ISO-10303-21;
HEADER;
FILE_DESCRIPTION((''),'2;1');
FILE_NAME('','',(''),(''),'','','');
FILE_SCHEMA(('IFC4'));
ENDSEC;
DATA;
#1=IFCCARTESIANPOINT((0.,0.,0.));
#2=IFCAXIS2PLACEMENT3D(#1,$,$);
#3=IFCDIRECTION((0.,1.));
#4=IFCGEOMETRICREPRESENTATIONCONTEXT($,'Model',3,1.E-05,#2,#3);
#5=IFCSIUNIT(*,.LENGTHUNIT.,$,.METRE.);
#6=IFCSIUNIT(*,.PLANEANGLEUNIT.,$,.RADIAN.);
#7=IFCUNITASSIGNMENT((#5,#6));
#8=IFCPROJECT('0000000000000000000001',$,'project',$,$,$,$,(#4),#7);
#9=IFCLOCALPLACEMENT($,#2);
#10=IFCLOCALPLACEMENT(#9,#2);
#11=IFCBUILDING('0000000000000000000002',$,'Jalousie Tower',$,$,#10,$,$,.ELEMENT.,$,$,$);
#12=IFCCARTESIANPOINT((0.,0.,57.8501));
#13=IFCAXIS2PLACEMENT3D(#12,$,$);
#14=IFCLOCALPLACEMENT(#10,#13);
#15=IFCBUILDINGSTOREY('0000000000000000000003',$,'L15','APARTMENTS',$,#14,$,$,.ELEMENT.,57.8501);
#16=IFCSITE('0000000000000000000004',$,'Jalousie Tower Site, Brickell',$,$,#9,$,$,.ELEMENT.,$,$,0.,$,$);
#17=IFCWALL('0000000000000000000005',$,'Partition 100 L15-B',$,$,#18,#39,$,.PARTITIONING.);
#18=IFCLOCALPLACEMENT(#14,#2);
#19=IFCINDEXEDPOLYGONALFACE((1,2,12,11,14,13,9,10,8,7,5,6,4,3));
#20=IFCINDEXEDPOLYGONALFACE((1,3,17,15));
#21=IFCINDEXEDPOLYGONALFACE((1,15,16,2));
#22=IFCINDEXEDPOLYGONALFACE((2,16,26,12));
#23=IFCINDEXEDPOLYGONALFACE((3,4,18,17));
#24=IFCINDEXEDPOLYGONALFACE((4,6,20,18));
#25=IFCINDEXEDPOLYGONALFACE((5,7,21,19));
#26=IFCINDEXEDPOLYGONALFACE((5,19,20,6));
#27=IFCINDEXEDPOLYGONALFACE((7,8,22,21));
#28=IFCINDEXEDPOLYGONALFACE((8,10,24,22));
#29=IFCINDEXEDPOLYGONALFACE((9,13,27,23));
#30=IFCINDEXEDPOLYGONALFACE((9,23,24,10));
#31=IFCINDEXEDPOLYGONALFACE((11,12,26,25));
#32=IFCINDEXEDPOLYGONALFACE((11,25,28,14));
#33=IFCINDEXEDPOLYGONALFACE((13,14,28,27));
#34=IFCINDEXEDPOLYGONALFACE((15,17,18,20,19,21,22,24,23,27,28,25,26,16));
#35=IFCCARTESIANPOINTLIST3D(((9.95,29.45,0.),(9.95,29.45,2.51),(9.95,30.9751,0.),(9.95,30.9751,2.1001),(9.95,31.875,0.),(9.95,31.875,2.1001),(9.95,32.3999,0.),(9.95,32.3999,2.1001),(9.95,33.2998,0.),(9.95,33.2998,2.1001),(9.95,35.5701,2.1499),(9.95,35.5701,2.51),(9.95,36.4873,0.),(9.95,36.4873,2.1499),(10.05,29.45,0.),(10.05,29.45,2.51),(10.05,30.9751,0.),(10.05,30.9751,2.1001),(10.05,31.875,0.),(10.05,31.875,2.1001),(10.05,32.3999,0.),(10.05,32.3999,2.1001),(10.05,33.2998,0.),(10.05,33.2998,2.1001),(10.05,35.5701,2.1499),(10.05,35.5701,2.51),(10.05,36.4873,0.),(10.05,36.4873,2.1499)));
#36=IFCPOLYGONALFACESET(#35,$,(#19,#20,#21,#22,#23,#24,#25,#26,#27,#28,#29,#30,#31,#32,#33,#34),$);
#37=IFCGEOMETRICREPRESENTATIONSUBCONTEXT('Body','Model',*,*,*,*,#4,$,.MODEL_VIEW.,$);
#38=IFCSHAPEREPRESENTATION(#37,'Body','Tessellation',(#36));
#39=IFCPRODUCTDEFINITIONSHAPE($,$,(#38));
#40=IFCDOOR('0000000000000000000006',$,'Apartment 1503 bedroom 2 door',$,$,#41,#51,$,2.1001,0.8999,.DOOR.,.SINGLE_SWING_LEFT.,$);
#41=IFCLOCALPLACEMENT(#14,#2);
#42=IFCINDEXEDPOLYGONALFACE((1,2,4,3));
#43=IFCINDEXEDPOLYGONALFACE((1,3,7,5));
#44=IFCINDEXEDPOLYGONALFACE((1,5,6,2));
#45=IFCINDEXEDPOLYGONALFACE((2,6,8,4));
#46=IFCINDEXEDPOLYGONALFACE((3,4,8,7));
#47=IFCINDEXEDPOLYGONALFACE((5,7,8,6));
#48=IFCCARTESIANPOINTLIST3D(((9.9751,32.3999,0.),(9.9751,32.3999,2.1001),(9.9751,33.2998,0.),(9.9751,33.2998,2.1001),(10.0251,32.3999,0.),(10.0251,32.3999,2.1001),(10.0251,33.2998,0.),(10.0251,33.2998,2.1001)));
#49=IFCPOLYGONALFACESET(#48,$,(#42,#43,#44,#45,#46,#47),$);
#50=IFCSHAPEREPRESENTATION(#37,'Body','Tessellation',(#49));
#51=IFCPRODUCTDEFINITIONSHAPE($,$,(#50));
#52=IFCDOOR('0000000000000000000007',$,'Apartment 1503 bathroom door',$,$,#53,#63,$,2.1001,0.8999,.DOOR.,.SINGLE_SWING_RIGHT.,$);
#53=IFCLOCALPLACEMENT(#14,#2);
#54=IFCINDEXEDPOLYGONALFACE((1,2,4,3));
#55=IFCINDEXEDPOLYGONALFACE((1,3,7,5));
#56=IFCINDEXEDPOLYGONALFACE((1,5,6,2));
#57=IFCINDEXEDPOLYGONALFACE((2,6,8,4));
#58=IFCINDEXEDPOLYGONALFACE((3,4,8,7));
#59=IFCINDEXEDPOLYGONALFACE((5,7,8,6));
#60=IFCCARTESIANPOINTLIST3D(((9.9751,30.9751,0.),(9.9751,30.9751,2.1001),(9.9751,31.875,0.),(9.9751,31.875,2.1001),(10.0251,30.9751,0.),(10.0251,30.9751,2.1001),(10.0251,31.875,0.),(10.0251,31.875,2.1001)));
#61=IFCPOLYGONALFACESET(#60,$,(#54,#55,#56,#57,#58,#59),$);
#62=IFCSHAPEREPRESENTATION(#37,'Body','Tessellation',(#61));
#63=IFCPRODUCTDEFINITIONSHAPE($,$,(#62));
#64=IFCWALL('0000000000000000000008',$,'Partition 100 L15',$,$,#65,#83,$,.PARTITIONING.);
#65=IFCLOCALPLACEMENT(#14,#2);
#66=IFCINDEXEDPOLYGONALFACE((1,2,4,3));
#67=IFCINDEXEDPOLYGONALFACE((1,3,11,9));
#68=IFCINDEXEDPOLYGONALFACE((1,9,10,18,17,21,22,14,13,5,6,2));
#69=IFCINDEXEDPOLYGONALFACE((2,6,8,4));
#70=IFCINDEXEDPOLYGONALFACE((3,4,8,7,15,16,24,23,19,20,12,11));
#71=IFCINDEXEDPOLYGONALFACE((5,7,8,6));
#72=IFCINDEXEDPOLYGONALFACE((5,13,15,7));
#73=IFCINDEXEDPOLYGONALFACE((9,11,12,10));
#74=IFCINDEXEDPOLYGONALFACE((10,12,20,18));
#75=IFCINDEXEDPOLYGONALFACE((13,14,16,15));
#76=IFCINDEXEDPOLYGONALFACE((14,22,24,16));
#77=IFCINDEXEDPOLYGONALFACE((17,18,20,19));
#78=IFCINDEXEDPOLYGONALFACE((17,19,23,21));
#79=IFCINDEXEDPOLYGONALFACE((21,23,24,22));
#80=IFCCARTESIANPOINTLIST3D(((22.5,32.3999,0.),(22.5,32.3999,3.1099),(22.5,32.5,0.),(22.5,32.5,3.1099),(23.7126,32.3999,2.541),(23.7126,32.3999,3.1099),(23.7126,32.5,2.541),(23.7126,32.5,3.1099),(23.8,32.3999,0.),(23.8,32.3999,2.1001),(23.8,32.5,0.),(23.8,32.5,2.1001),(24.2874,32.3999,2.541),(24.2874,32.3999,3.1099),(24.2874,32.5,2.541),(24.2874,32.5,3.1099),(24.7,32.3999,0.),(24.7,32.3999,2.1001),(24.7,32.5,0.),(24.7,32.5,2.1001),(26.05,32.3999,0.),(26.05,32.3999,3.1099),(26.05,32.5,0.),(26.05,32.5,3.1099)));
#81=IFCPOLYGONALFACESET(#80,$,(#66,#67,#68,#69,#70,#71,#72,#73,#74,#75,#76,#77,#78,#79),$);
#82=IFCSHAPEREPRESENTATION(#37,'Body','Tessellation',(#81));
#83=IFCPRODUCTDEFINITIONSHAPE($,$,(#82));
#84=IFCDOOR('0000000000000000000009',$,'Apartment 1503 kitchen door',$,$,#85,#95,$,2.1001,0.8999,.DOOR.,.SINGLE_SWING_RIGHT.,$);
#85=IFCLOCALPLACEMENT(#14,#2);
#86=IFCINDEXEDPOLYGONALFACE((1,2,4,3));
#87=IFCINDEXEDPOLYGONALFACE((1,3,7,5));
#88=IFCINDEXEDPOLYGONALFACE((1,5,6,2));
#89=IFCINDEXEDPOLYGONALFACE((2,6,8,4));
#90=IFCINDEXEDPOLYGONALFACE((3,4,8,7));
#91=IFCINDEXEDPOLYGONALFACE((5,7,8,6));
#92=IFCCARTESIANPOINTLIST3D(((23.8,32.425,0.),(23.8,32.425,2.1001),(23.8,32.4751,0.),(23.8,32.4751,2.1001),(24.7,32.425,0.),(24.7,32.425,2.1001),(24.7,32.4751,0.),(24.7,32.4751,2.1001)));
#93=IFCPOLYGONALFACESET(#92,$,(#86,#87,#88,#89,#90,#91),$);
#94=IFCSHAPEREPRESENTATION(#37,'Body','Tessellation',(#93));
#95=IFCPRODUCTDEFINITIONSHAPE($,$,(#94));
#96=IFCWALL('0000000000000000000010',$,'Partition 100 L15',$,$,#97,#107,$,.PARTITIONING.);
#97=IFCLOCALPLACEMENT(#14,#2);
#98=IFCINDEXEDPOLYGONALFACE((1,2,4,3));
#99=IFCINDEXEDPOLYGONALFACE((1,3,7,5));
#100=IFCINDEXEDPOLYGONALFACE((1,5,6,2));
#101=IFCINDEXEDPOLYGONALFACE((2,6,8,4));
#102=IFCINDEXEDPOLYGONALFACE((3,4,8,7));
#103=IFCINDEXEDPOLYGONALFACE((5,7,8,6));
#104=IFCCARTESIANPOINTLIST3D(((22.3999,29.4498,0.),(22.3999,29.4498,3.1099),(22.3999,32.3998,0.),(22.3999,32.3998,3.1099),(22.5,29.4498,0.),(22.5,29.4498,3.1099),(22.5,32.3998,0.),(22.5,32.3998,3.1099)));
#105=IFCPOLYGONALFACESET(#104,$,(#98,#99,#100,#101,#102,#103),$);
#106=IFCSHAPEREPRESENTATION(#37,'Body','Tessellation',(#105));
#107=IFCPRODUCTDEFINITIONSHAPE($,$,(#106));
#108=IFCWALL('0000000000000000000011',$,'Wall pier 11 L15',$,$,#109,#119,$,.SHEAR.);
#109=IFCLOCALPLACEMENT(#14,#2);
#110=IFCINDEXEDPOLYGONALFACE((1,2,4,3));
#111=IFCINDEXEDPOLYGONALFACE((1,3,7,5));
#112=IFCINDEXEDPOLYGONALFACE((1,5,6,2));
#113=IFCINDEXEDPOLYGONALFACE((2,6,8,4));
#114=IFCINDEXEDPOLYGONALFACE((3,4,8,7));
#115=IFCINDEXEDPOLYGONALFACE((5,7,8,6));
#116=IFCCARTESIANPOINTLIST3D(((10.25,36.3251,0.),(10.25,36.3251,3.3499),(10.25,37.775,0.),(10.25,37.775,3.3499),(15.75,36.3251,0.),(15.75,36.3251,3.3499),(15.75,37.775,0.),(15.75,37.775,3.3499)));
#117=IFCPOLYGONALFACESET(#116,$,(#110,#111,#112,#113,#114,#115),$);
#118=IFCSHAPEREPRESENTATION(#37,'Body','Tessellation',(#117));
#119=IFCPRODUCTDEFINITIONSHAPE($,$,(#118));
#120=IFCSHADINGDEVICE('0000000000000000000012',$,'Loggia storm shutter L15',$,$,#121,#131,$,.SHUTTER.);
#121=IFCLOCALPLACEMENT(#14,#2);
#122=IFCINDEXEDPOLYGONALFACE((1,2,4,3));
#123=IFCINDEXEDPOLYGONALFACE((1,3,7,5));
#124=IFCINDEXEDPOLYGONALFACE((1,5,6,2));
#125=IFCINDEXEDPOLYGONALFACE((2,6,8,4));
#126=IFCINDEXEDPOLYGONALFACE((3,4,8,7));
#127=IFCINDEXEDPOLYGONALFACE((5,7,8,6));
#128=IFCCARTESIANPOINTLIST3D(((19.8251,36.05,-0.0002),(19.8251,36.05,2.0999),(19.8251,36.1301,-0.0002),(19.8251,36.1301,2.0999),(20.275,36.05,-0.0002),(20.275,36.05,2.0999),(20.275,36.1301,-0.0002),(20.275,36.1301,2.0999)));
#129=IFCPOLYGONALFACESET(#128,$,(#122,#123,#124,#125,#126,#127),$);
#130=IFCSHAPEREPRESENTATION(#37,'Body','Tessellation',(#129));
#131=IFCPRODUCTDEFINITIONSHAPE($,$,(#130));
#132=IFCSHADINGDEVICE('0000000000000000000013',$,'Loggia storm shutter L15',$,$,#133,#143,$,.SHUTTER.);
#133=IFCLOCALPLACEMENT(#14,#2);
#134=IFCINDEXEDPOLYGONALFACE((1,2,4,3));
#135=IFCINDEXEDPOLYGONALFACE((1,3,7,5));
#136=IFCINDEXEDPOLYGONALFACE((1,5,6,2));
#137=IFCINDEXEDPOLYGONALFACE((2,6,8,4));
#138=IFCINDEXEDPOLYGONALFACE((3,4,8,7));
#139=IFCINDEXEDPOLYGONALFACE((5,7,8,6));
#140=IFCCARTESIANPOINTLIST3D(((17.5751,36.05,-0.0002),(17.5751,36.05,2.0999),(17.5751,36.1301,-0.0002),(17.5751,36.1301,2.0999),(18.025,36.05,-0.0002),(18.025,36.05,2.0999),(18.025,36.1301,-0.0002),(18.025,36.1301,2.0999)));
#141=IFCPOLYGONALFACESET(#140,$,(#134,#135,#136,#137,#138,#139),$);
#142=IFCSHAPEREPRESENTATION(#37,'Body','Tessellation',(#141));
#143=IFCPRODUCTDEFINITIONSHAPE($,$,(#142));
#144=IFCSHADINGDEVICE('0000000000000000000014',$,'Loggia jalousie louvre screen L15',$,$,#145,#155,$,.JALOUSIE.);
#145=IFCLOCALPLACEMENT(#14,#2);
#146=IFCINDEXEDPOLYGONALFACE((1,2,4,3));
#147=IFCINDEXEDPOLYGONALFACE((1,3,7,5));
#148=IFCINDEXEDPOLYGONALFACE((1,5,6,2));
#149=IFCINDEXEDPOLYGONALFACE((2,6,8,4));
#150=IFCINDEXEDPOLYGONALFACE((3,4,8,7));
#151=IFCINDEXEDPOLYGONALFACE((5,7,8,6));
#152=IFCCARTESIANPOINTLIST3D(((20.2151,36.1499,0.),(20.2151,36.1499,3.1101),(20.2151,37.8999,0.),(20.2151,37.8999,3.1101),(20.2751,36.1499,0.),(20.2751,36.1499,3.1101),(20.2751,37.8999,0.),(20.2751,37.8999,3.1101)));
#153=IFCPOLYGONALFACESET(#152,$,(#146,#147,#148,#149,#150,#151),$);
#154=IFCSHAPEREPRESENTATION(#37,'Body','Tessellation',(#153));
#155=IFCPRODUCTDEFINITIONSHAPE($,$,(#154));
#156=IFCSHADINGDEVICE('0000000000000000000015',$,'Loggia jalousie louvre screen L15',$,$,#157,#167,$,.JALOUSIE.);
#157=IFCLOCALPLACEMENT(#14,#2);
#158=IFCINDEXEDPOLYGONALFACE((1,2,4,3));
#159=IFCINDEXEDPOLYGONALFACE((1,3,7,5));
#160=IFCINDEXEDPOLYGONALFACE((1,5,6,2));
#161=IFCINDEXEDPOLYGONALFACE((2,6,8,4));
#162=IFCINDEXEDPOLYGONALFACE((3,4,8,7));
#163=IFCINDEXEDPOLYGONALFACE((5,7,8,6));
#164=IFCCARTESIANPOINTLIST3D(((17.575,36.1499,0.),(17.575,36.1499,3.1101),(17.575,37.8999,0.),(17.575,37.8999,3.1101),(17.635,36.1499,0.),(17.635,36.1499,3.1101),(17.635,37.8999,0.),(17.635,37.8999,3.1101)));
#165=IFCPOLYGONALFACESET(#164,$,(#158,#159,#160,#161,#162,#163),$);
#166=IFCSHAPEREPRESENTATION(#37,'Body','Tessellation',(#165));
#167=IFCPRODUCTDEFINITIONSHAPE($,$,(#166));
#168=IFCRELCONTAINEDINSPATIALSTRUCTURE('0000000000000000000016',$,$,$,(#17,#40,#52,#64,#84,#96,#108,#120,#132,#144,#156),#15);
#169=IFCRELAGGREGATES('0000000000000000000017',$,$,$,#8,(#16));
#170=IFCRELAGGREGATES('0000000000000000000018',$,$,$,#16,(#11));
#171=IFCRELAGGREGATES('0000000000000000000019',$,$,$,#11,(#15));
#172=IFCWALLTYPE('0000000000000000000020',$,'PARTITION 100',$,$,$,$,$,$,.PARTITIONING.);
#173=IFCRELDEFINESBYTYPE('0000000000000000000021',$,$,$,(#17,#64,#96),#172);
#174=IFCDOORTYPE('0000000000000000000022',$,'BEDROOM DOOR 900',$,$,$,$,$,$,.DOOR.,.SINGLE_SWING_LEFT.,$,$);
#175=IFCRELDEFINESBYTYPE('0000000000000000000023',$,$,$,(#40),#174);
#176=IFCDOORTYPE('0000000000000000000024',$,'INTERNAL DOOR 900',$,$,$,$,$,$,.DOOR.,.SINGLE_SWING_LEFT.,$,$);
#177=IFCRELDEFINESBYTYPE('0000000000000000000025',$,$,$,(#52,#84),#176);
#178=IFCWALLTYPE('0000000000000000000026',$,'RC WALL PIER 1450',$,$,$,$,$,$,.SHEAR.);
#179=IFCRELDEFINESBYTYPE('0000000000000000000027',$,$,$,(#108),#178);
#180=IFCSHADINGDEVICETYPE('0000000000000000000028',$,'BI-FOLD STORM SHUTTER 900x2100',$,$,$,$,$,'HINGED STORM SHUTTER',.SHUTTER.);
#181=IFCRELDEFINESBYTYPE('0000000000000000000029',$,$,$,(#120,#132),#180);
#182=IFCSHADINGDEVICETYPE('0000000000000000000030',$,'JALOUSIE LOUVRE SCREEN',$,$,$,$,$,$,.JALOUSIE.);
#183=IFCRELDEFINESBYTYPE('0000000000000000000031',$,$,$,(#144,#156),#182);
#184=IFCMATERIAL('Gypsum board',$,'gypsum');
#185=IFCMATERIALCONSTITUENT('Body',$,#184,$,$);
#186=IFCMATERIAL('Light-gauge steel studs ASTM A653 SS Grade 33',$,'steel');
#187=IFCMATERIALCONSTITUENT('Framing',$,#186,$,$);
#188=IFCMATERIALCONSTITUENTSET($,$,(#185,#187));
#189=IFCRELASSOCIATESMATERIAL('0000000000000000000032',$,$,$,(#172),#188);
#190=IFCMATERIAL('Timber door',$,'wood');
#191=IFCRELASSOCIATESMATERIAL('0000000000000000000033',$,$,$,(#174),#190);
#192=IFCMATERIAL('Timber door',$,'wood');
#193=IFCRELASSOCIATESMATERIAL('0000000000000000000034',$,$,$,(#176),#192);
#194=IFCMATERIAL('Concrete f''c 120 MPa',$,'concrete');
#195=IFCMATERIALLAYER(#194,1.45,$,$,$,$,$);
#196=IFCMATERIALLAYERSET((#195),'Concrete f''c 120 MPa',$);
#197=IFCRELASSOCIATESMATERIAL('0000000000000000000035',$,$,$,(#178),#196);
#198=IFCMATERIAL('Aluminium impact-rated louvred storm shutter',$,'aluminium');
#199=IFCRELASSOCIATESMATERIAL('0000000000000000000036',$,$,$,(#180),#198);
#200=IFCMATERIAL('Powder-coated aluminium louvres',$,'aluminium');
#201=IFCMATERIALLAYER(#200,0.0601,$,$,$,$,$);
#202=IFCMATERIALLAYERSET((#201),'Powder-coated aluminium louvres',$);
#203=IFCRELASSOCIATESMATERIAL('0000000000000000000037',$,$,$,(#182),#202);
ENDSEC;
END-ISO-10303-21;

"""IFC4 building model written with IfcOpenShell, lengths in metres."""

from ifc_helpers import new_model, si_unit, direction, frame, frame_2d, origin, origin_2d, place, context, subcontext, project, spatial, polyline, rectangle, outline, extrude, material, layer, layer_set, constituent, constituent_set, type_object, element, fill, save


model = new_model("IFC4")

# Units and contexts
model_context = context("Model", 3, precision=1e-05, world=origin(), true_north=direction((0.0, 1.0)))
body_context = subcontext(model_context, "Body", "Model", "MODEL_VIEW")
ifc_project = project(units=[si_unit("LENGTHUNIT", "METRE"), si_unit("PLANEANGLEUNIT", "RADIAN")], contexts=[model_context])

# Site, building, storey
site_placement = place(None, origin())
site = spatial("IfcSite", under=ifc_project, at=site_placement, Name="Jalousie Tower Site, Brickell", CompositionType="ELEMENT", RefElevation=0.0)
building_placement = place(site_placement, origin())
building = spatial("IfcBuilding", under=site, at=building_placement, Name="Jalousie Tower", CompositionType="ELEMENT")
storey_placement = place(building_placement, frame((0.0, 0.0, 57.8501)))
storey = spatial("IfcBuildingStorey", under=building, at=storey_placement, Name="L15", Description="APARTMENTS", CompositionType="ELEMENT", Elevation=57.8501)

# Wall, openings, doors
ifc_material_1 = material(Name="Gypsum board", Category="gypsum")
ifc_constituent_1 = constituent(ifc_material_1, Name="Body")
ifc_material_2 = material(Name="Light-gauge steel studs ASTM A653 SS Grade 33", Category="steel")
ifc_constituent_2 = constituent(ifc_material_2, Name="Framing")
ifc_constituent_set_1 = constituent_set(constituents=[ifc_constituent_1, ifc_constituent_2])
wall_type_1 = type_object("IfcWallType", Name="PARTITION 100", PredefinedType="PARTITIONING", material=ifc_constituent_set_1)
wall_1_placement = place(storey_placement, frame((10.0, 36.4873, 0.0), z_axis=(0.0, 0.0, 1.0), x_axis=(0.0, -1.0, 0.0)))
wall_1 = element("IfcWall", 1, at=wall_1_placement, inside=storey, type_object=wall_type_1, Name="Partition 100 L15-B", PredefinedType="PARTITIONING", context=body_context, shape_type="SweptSolid", body=[
    extrude(outline(polyline([(0.0, 0.0), (7.0374, 0.0), (7.0374, 2.51), (0.9172, 2.51), (0.9172, 2.1499), (0.0, 2.1499), (0.0, 0.0)])), frame((0.0, 0.05, 0.0), z_axis=(0.0, -1.0, 0.0), x_axis=(1.0, 0.0, 0.0)), (0.0, 0.0, 1.0), 0.1001),
])
opening_1_placement = place(wall_1_placement, frame((3.1875, 0.0, 0.0)))
opening_1 = element("IfcOpeningElement", 2, at=opening_1_placement, cuts=wall_1, PredefinedType="OPENING", context=body_context, shape_type="SweptSolid", body=[
    extrude(rectangle(XDim=0.8999, YDim=2.1001, at=frame_2d((0.45, 1.05))), frame((0.0, 0.0601, 0.0), z_axis=(0.0, -1.0, 0.0), x_axis=(1.0, 0.0, 0.0)), (0.0, 0.0, 1.0), 0.1201),
])
opening_2_placement = place(wall_1_placement, frame((4.6123, 0.0, 0.0)))
opening_2 = element("IfcOpeningElement", 3, at=opening_2_placement, cuts=wall_1, PredefinedType="OPENING", context=body_context, shape_type="SweptSolid", body=[
    extrude(rectangle(XDim=0.8999, YDim=2.1001, at=frame_2d((0.45, 1.05))), frame((0.0, 0.0601, 0.0), z_axis=(0.0, -1.0, 0.0), x_axis=(1.0, 0.0, 0.0)), (0.0, 0.0, 1.0), 0.1201),
])
ifc_material_3 = material(Name="Timber door", Category="wood")
door_type_1 = type_object("IfcDoorType", Name="BEDROOM DOOR 900", OperationType="SINGLE_SWING_LEFT", PredefinedType="DOOR", material=ifc_material_3)
door_1_placement = place(opening_1_placement, frame((0.8999, 0.0, 0.0), z_axis=(0.0, 0.0, 1.0), x_axis=(-1.0, 0.0, 0.0)))
door_1 = element("IfcDoor", 4, at=door_1_placement, inside=storey, type_object=door_type_1, Name="Apartment 1503 bedroom 2 door", OperationType="SINGLE_SWING_LEFT", OverallHeight=2.1001, OverallWidth=0.8999, PredefinedType="DOOR", context=body_context, shape_type="SweptSolid", body=[
    extrude(rectangle(XDim=0.8999, YDim=2.1001, at=frame_2d((0.45, 1.05))), frame((0.0, 0.0249, 0.0), z_axis=(0.0, -1.0, 0.0), x_axis=(1.0, 0.0, 0.0)), (0.0, 0.0, 1.0), 0.05),
])
fill(opening_1, door_1)
ifc_material_4 = material(Name="Timber door", Category="wood")
door_type_2 = type_object("IfcDoorType", Name="INTERNAL DOOR 900", OperationType="SINGLE_SWING_LEFT", PredefinedType="DOOR", material=ifc_material_4)
door_2_placement = place(opening_2_placement, frame((0.8999, 0.0, 0.0), z_axis=(0.0, 0.0, 1.0), x_axis=(-1.0, 0.0, 0.0)))
door_2 = element("IfcDoor", 5, at=door_2_placement, inside=storey, type_object=door_type_2, Name="Apartment 1503 bathroom door", OperationType="SINGLE_SWING_RIGHT", OverallHeight=2.1001, OverallWidth=0.8999, PredefinedType="DOOR", context=body_context, shape_type="SweptSolid", body=[
    extrude(rectangle(XDim=0.8999, YDim=2.1001, at=frame_2d((0.45, 1.05))), frame((0.0, 0.0249, 0.0), z_axis=(0.0, -1.0, 0.0), x_axis=(1.0, 0.0, 0.0)), (0.0, 0.0, 1.0), 0.05),
])
fill(opening_2, door_2)

# Wall, opening, door
wall_2_placement = place(storey_placement, frame((22.5, 32.45, 0.0), z_axis=(0.0, 0.0, 1.0), x_axis=(1.0, 0.0, 0.0)))
wall_2 = element("IfcWall", 6, at=wall_2_placement, inside=storey, type_object=wall_type_1, Name="Partition 100 L15", PredefinedType="PARTITIONING", context=body_context, shape_type="SweptSolid", body=[
    extrude(outline(polyline([(0.0, 0.0), (3.55, 0.0), (3.55, 3.1099), (1.7874, 3.1099), (1.7874, 2.541), (1.2126, 2.541), (1.2126, 3.1099), (0.0, 3.1099), (0.0, 0.0)])), frame((0.0, 0.05, 0.0), z_axis=(0.0, -1.0, 0.0), x_axis=(1.0, 0.0, 0.0)), (0.0, 0.0, 1.0), 0.1001),
])
opening_3_placement = place(wall_2_placement, frame((1.3, 0.0, 0.0)))
opening_3 = element("IfcOpeningElement", 7, at=opening_3_placement, cuts=wall_2, PredefinedType="OPENING", context=body_context, shape_type="SweptSolid", body=[
    extrude(rectangle(XDim=0.8999, YDim=2.1001, at=frame_2d((0.45, 1.05))), frame((0.0, 0.0601, 0.0), z_axis=(0.0, -1.0, 0.0), x_axis=(1.0, 0.0, 0.0)), (0.0, 0.0, 1.0), 0.1201),
])
door_3_placement = place(opening_3_placement, frame((0.8999, 0.0, 0.0), z_axis=(0.0, 0.0, 1.0), x_axis=(-1.0, 0.0, 0.0)))
door_3 = element("IfcDoor", 8, at=door_3_placement, inside=storey, type_object=door_type_2, Name="Apartment 1503 kitchen door", OperationType="SINGLE_SWING_RIGHT", OverallHeight=2.1001, OverallWidth=0.8999, PredefinedType="DOOR", context=body_context, shape_type="SweptSolid", body=[
    extrude(rectangle(XDim=0.8999, YDim=2.1001, at=frame_2d((0.45, 1.05))), frame((0.0, 0.0249, 0.0), z_axis=(0.0, -1.0, 0.0), x_axis=(1.0, 0.0, 0.0)), (0.0, 0.0, 1.0), 0.05),
])
fill(opening_3, door_3)

# Walls
wall_3_placement = place(storey_placement, frame((22.45, 32.3999, 0.0), z_axis=(0.0, 0.0, 1.0), x_axis=(0.0, -1.0, 0.0)))
element("IfcWall", 9, at=wall_3_placement, inside=storey, type_object=wall_type_1, Name="Partition 100 L15", PredefinedType="PARTITIONING", context=body_context, shape_type="SweptSolid", body=[
    extrude(rectangle(XDim=2.95, YDim=0.1001, at=frame_2d((1.4751, 0.0))), origin(), (0.0, 0.0, 1.0), 3.1099),
])
ifc_material_5 = material(Name="Concrete f'c 120 MPa", Category="concrete")
ifc_layer_1 = layer(ifc_material_5, 1.45)
ifc_layer_set_1 = layer_set([ifc_layer_1], Name="Concrete f'c 120 MPa")
wall_type_2 = type_object("IfcWallType", Name="RC WALL PIER 1450", PredefinedType="SHEAR", material=ifc_layer_set_1)
wall_4_placement = place(storey_placement, frame((10.25, 37.05, 0.0), z_axis=(0.0, 0.0, 1.0), x_axis=(1.0, 0.0, 0.0)))
element("IfcWall", 10, at=wall_4_placement, inside=storey, type_object=wall_type_2, Name="Wall pier 11 L15", PredefinedType="SHEAR", context=body_context, shape_type="SweptSolid", body=[
    extrude(rectangle(XDim=5.5, YDim=1.45, at=frame_2d((2.75, 0.0))), origin(), (0.0, 0.0, 1.0), 3.3499),
])

# Shading devices
ifc_material_6 = material(Name="Aluminium impact-rated louvred storm shutter", Category="aluminium")
shading_device_type_1 = type_object("IfcShadingDeviceType", Name="BI-FOLD STORM SHUTTER 900x2100", ElementType="HINGED STORM SHUTTER", PredefinedType="SHUTTER", material=ifc_material_6)
for number, where, z_axis, x_axis, name in (
    (11, (20.05, 36.0901, -0.0002), (0.0, 0.0, 1.0), (-1.0, 0.0, 0.0), "Loggia storm shutter L15"),
    (12, (17.8, 36.0901, -0.0002), (0.0, 0.0, 1.0), (-1.0, 0.0, 0.0), "Loggia storm shutter L15"),
):
    element("IfcShadingDevice", number, at=place(storey_placement, frame(where, z_axis=z_axis, x_axis=x_axis)), inside=storey, type_object=shading_device_type_1, Name=name, PredefinedType="SHUTTER", context=body_context, shape_type="SweptSolid", body=[
        extrude(rectangle(XDim=0.45, YDim=0.0801, at=origin_2d()), origin(), (0.0, 0.0, 1.0), 2.1001),
    ])
ifc_material_7 = material(Name="Powder-coated aluminium louvres", Category="aluminium")
ifc_layer_2 = layer(ifc_material_7, 0.0601)
ifc_layer_set_2 = layer_set([ifc_layer_2], Name="Powder-coated aluminium louvres")
shading_device_type_2 = type_object("IfcShadingDeviceType", Name="JALOUSIE LOUVRE SCREEN", PredefinedType="JALOUSIE", material=ifc_layer_set_2)
for number, where, z_axis, x_axis, name in (
    (13, (20.2451, 37.0249, 0.0), (0.0, 0.0, 1.0), (-1.0, 0.0, 0.0), "Loggia jalousie louvre screen L15"),
    (14, (17.605, 37.0249, 0.0), (0.0, 0.0, 1.0), (-1.0, 0.0, 0.0), "Loggia jalousie louvre screen L15"),
):
    element("IfcShadingDevice", number, at=place(storey_placement, frame(where, z_axis=z_axis, x_axis=x_axis)), inside=storey, type_object=shading_device_type_2, Name=name, PredefinedType="JALOUSIE", context=body_context, shape_type="SweptSolid", body=[
        extrude(rectangle(XDim=0.0601, YDim=1.75, at=origin_2d()), origin(), (0.0, 0.0, 1.0), 3.1101),
    ])

save(model, "model.ifc")
